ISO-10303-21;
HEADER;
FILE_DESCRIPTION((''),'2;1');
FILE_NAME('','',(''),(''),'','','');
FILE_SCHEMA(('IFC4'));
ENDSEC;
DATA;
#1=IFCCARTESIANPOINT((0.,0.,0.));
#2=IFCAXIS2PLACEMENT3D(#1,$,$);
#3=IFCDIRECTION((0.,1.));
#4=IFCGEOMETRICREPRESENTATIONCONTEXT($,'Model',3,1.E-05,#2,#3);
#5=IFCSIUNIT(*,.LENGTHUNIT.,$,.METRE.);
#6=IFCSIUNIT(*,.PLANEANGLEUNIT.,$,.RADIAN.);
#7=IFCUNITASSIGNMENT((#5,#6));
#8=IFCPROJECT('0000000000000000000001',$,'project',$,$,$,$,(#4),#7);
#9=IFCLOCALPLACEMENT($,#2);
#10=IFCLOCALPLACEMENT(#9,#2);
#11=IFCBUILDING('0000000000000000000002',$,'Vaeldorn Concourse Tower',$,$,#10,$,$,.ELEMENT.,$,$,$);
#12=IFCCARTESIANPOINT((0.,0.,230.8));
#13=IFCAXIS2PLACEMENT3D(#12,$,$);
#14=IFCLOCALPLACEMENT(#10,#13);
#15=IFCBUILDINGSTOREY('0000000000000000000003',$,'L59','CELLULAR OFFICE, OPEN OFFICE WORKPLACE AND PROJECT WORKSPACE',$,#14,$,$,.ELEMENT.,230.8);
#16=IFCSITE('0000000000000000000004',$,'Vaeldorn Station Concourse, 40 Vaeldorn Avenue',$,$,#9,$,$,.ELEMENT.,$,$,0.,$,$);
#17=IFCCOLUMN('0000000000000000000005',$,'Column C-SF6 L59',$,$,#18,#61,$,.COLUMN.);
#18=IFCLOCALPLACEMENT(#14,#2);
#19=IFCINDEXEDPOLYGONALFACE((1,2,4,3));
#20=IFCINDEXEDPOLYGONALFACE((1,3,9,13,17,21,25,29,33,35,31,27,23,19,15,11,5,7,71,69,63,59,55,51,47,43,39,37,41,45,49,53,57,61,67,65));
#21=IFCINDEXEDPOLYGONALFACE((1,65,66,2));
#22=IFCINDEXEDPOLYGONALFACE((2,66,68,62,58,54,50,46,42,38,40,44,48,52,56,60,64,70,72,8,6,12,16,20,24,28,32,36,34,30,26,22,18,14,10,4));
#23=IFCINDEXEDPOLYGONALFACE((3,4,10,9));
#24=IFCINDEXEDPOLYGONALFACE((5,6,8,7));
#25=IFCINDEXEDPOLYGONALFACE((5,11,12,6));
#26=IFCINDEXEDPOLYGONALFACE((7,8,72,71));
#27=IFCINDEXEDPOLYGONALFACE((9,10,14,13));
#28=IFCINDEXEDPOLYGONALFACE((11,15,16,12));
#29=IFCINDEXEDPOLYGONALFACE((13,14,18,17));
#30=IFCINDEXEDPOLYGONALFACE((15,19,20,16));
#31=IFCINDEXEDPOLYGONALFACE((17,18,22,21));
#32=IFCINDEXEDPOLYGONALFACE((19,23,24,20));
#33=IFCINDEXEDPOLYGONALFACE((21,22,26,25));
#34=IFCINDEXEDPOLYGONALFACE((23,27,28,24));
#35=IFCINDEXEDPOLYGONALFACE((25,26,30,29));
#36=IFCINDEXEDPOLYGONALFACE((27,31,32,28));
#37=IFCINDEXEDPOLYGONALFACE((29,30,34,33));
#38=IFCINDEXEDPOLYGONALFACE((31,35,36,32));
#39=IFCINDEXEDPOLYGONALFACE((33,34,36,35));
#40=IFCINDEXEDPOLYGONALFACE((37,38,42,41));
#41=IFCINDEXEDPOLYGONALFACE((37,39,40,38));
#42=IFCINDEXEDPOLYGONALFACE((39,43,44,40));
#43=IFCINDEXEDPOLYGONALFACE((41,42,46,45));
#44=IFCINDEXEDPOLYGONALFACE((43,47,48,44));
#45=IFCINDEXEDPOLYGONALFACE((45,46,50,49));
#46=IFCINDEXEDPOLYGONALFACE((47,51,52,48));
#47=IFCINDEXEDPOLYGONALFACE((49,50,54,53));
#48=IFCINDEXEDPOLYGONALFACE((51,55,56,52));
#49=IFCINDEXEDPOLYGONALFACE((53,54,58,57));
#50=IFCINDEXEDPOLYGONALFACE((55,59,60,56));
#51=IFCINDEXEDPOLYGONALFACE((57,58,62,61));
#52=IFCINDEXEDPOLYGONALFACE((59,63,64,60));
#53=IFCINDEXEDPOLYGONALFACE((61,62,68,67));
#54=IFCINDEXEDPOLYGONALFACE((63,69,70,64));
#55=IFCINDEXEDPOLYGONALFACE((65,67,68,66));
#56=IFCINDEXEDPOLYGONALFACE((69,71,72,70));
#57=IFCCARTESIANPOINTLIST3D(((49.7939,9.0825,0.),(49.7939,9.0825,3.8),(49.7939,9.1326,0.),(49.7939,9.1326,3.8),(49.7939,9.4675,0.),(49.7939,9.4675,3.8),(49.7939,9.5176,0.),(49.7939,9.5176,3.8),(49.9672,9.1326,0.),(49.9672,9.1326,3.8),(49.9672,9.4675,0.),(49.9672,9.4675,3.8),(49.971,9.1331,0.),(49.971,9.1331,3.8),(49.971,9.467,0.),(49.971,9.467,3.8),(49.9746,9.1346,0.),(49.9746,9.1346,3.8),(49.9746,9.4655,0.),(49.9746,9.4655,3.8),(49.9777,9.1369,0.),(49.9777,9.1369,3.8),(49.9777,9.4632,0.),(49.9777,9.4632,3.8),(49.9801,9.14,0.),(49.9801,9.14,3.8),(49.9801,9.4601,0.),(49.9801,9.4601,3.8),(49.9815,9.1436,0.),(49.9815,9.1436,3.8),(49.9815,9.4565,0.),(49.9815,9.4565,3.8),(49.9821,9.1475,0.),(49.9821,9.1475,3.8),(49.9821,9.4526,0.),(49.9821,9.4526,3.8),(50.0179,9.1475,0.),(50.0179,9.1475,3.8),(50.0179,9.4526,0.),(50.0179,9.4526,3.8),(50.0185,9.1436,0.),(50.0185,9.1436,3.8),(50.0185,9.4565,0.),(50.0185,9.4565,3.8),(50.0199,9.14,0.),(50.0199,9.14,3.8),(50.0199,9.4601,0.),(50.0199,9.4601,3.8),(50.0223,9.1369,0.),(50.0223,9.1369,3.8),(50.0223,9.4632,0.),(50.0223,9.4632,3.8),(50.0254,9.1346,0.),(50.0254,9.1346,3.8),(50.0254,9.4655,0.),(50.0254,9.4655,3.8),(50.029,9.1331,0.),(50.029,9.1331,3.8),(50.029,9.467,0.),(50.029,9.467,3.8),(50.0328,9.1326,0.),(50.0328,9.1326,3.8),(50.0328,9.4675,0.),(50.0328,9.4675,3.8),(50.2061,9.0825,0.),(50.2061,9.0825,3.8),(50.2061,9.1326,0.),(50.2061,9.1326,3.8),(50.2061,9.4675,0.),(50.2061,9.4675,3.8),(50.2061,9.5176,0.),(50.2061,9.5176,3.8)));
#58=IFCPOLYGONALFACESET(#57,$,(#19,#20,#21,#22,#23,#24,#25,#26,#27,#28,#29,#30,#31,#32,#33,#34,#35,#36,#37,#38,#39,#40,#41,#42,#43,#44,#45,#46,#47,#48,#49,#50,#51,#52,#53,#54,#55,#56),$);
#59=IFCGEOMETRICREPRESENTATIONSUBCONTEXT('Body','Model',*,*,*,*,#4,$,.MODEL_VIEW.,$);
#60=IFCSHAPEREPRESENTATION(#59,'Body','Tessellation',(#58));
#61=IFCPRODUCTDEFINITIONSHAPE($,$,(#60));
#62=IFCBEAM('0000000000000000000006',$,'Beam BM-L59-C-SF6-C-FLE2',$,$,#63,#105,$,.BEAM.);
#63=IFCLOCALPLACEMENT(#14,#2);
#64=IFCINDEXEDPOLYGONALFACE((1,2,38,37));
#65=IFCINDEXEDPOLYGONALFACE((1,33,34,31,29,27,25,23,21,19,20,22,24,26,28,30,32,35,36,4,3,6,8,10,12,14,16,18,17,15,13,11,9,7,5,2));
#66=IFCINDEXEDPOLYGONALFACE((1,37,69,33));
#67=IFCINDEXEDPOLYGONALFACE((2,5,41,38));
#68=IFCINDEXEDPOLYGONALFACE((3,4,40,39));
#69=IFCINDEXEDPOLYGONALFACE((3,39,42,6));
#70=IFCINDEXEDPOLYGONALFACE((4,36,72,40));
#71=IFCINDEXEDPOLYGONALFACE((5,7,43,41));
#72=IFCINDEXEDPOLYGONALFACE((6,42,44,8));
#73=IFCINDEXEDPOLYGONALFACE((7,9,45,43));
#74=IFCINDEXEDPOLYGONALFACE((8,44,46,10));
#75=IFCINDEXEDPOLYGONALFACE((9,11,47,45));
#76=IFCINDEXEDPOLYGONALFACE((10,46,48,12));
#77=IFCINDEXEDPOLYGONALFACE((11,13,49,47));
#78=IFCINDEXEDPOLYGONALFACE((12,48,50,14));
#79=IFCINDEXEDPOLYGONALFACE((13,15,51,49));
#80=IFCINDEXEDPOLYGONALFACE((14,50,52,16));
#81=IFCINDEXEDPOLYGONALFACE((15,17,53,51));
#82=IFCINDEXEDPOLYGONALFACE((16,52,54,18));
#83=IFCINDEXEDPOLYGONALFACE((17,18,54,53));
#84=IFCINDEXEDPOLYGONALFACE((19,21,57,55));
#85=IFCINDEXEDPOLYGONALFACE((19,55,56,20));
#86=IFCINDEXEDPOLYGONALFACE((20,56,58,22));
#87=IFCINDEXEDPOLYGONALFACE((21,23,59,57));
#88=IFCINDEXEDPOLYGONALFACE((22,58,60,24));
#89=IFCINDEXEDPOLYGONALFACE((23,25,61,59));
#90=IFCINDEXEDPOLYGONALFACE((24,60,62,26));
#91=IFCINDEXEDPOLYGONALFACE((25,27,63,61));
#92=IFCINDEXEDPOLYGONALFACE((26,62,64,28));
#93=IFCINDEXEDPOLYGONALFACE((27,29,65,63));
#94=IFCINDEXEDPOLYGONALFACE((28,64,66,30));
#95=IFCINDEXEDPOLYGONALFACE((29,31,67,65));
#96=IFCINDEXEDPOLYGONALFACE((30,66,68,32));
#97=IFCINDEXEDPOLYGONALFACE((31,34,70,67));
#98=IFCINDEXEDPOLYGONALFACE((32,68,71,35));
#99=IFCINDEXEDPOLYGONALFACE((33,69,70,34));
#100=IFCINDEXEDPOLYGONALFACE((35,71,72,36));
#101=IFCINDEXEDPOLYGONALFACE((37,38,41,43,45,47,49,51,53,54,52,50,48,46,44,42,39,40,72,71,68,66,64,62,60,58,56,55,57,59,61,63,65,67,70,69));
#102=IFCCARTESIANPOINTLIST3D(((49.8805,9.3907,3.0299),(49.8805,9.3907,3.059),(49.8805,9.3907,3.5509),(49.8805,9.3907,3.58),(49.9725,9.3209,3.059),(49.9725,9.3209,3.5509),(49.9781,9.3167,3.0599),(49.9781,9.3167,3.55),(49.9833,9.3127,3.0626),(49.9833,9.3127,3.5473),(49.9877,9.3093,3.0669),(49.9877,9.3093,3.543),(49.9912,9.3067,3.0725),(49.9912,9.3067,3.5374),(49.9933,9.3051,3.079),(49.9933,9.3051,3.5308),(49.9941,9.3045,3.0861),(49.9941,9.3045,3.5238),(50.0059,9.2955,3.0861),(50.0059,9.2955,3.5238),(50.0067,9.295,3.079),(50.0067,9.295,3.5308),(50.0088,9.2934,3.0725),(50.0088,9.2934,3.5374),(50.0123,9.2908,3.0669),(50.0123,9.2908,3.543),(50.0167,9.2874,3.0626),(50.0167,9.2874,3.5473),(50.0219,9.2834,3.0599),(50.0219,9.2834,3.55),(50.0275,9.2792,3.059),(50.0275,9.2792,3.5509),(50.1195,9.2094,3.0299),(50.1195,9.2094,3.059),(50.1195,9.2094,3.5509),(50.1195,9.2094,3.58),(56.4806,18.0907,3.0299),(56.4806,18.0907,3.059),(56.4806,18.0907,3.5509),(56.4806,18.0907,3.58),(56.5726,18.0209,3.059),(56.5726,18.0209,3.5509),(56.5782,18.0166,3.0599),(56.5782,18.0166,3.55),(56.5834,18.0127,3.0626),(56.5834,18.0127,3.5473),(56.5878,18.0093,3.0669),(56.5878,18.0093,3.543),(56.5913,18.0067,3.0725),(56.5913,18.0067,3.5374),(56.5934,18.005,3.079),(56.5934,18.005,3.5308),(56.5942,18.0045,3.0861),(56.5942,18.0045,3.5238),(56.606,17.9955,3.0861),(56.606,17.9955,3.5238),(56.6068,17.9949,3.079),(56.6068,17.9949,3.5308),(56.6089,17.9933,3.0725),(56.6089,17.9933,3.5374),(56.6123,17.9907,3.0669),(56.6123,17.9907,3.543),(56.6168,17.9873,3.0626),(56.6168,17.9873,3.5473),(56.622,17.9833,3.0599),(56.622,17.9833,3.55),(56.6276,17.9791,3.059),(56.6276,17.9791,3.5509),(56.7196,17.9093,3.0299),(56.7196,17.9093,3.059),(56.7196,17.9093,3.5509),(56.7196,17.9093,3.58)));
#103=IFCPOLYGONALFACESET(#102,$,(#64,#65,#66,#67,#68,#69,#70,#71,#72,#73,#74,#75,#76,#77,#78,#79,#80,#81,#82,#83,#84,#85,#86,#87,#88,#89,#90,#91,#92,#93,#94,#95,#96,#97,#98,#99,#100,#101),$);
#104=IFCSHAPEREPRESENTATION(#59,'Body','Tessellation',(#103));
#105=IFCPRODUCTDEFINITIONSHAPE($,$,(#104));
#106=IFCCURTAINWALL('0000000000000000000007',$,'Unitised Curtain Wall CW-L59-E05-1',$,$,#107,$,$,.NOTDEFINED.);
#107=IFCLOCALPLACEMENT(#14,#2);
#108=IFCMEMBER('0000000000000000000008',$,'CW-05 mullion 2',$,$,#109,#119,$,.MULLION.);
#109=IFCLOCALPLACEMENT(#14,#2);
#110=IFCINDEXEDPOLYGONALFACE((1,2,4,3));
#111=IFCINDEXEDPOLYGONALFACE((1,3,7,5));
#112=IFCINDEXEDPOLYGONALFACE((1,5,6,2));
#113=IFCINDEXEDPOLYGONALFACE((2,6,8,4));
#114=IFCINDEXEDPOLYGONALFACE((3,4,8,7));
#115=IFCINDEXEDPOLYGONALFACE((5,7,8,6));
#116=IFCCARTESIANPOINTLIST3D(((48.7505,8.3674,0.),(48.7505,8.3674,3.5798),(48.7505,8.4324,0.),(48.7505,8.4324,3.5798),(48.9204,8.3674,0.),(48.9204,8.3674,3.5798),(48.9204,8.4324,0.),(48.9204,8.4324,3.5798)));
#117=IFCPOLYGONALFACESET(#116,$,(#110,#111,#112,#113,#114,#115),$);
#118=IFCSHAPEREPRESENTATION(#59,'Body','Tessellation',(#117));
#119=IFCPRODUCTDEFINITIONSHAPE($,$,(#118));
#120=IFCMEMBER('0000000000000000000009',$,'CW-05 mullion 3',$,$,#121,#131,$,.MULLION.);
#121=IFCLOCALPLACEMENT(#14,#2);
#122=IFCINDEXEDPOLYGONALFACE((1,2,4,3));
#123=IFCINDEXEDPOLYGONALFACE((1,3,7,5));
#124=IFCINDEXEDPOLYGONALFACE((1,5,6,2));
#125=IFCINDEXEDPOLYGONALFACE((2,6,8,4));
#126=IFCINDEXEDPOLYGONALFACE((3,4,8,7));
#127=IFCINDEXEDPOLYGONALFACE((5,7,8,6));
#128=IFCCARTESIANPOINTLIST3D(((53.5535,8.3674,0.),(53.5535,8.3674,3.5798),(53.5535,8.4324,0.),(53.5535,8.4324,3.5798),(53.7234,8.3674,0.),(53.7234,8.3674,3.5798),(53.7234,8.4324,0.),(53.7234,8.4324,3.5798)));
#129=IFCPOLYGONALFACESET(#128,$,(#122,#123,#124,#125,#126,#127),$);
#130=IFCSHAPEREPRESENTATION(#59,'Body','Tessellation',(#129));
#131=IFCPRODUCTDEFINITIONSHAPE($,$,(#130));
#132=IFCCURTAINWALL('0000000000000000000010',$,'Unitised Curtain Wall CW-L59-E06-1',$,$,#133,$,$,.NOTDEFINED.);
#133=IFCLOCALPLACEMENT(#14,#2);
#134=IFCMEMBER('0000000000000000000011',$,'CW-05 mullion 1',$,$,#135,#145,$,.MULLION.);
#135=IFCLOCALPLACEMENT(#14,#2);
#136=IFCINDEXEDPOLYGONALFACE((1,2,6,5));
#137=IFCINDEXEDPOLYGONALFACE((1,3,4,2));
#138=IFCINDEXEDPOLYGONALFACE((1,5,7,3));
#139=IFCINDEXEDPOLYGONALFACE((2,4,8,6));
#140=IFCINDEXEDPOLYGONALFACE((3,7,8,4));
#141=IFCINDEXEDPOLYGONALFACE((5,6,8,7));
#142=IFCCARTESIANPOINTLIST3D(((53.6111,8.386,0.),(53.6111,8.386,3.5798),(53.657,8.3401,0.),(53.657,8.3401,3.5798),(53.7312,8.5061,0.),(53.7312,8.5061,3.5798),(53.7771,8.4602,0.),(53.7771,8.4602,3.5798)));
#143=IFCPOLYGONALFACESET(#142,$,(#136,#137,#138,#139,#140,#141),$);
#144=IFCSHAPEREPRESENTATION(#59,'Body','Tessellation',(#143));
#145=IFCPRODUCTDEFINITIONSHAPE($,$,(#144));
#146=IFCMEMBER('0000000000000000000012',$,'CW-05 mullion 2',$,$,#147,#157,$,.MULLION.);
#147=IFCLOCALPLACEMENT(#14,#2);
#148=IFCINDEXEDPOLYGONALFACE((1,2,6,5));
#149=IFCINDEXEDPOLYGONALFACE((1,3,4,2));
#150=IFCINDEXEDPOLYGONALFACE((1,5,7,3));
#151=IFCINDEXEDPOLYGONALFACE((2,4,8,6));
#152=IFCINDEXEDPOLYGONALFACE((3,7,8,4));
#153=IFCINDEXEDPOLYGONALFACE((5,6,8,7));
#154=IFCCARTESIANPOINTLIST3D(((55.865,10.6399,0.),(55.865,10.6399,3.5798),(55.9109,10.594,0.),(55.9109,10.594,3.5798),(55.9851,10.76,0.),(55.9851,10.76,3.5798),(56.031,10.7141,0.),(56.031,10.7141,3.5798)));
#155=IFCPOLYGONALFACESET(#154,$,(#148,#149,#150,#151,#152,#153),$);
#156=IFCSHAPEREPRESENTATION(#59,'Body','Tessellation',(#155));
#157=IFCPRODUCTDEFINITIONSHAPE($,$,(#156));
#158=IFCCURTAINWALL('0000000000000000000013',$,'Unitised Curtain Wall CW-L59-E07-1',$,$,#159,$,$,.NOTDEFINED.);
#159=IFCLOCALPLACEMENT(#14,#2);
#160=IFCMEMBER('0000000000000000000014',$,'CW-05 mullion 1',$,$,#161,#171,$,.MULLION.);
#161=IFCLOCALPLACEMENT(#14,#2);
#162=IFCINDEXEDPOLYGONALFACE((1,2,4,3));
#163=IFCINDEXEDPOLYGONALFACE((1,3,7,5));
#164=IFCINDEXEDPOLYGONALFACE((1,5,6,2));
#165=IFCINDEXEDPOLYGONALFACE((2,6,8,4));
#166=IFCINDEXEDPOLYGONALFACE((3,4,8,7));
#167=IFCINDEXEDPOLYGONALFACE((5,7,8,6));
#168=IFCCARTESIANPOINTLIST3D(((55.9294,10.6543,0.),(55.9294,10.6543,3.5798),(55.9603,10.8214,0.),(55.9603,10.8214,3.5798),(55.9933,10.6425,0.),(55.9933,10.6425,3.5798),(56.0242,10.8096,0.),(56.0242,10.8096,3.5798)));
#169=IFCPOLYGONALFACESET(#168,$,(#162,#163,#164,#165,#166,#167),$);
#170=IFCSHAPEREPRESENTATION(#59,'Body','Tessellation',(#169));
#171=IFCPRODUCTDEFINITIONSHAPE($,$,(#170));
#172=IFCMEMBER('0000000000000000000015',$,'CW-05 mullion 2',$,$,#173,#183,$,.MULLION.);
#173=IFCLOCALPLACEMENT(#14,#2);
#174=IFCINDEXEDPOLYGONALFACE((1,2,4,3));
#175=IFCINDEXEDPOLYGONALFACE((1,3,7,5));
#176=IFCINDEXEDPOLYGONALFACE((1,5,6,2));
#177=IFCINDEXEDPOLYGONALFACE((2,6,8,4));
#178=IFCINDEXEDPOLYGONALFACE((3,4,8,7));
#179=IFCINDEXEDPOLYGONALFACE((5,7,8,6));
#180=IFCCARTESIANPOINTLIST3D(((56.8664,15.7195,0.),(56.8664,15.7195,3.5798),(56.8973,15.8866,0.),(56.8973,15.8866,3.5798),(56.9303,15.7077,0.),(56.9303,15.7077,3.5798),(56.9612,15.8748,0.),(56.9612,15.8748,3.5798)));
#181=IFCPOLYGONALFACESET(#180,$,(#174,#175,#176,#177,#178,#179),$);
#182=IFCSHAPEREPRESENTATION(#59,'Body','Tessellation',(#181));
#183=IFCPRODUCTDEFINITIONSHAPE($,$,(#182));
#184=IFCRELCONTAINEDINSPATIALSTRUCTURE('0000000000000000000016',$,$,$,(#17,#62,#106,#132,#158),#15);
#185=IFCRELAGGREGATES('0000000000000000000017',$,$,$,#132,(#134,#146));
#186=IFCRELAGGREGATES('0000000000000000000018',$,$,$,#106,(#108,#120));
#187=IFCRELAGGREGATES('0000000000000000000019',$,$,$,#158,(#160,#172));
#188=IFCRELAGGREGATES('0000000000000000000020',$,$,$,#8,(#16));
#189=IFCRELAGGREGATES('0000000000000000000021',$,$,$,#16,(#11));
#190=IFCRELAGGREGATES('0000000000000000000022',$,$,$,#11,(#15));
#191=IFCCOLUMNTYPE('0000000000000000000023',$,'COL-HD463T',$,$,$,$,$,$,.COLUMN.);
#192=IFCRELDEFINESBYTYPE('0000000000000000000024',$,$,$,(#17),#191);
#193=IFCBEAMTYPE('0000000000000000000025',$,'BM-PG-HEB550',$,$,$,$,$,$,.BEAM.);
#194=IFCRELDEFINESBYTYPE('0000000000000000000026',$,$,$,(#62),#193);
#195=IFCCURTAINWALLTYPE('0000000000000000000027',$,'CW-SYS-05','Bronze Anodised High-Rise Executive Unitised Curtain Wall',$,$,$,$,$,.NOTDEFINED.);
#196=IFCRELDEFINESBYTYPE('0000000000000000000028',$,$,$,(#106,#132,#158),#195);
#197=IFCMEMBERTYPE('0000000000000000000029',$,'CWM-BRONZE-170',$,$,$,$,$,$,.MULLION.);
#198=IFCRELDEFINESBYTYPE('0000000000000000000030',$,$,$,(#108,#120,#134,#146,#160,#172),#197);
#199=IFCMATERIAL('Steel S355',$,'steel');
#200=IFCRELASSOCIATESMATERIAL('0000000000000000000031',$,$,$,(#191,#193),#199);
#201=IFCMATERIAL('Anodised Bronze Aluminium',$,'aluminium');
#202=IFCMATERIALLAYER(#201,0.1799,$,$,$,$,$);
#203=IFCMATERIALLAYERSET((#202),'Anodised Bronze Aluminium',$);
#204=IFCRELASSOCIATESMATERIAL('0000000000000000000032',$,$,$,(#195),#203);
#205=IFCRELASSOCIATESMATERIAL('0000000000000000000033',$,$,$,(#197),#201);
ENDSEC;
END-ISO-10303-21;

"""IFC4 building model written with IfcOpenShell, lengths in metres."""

from ifc_helpers import new_model, si_unit, direction, frame, origin, origin_2d, place, context, subcontext, project, spatial, rectangle, i_section, extrude, source, transform, mapped, material, layer, layer_set, material_profile, profile_set, type_object, element, aggregate, save


model = new_model("IFC4")

# Units and contexts
model_context = context("Model", 3, precision=1e-05, world=origin(), true_north=direction((0.0, 1.0)))
body_context = subcontext(model_context, "Body", "Model", "MODEL_VIEW")
ifc_project = project(units=[si_unit("LENGTHUNIT", "METRE"), si_unit("PLANEANGLEUNIT", "RADIAN")], contexts=[model_context])

# Site, building, storey
site_placement = place(None, origin())
site = spatial("IfcSite", under=ifc_project, at=site_placement, Name="Vaeldorn Station Concourse, 40 Vaeldorn Avenue", CompositionType="ELEMENT", RefElevation=0.0)
building_placement = place(site_placement, origin())
building = spatial("IfcBuilding", under=site, at=building_placement, Name="Vaeldorn Concourse Tower", CompositionType="ELEMENT")
storey_placement = place(building_placement, frame((0.0, 0.0, 230.8)))
storey = spatial("IfcBuildingStorey", under=building, at=storey_placement, Name="L59", Description="CELLULAR OFFICE, OPEN OFFICE WORKPLACE AND PROJECT WORKSPACE", CompositionType="ELEMENT", Elevation=230.8)

# Column
ifc_material_1 = material(Name="Steel S355", Category="steel")
ifc_material_profile_1 = material_profile(ifc_material_1, i_section(OverallWidth=0.4121, OverallDepth=0.4351, WebThickness=0.0359, FlangeThickness=0.05, FilletRadius=0.0149, at=origin_2d()), Name="HD 400x463")
ifc_profile_set_1 = profile_set([ifc_material_profile_1], Name="Steel S355")
column_type = type_object("IfcColumnType", Name="COL-HD463T", PredefinedType="COLUMN", material=ifc_profile_set_1)
shared_shape_1 = source(origin(), body_context, "Body", "SweptSolid", [
    extrude(i_section(OverallWidth=0.4121, OverallDepth=0.4351, WebThickness=0.0359, FlangeThickness=0.05, FilletRadius=0.0149, at=origin_2d()), origin(), (0.0, 0.0, 1.0), 3.8),
])
column_placement = place(storey_placement, frame((50.0, 9.3, 0.0), z_axis=(0.0, 0.0, 1.0), x_axis=(1.0, 0.0, 0.0)))
element("IfcColumn", 1, at=column_placement, inside=storey, type_object=column_type, Name="Column C-SF6 L59", PredefinedType="COLUMN", context=body_context, shape_type="MappedRepresentation", body=[
    mapped(shared_shape_1, transform((0.0, 0.0, 0.0), scale=1.0)),
])

# Beam
ifc_material_profile_2 = material_profile(ifc_material_1, i_section(OverallWidth=0.3, OverallDepth=0.55, WebThickness=0.0149, FlangeThickness=0.0291, FilletRadius=0.0271, at=origin_2d()), Name="HEB 550")
ifc_profile_set_2 = profile_set([ifc_material_profile_2], Name="Steel S355")
beam_type = type_object("IfcBeamType", Name="BM-PG-HEB550", PredefinedType="BEAM", material=ifc_profile_set_2)
shared_shape_2 = source(origin(), body_context, "Body", "SweptSolid", [
    extrude(i_section(OverallWidth=0.3, OverallDepth=0.55, WebThickness=0.0149, FlangeThickness=0.0291, FilletRadius=0.0271, at=origin_2d()), origin(), (0.0, 0.0, 1.0), 10.9202),
])
beam_placement = place(storey_placement, frame((50.0, 9.3, 3.3049), z_axis=(0.604394, 0.796685, 0.0), x_axis=(-0.796685, 0.604394, 0.0)))
element("IfcBeam", 2, at=beam_placement, inside=storey, type_object=beam_type, Name="Beam BM-L59-C-SF6-C-FLE2", PredefinedType="BEAM", context=body_context, shape_type="MappedRepresentation", body=[
    mapped(shared_shape_2, transform((0.0, 0.0, 0.0), scale=1.0)),
])

# Curtain walls, members
ifc_material_2 = material(Name="Anodised Bronze Aluminium", Category="aluminium")
ifc_layer_1 = layer(ifc_material_2, 0.1799)
ifc_layer_set_1 = layer_set([ifc_layer_1], Name="Anodised Bronze Aluminium")
curtain_wall_type = type_object("IfcCurtainWallType", Name="CW-SYS-05", Description="Bronze Anodised High-Rise Executive Unitised Curtain Wall", PredefinedType="NOTDEFINED", material=ifc_layer_set_1)
curtain_wall_1_placement = place(storey_placement, origin())
curtain_wall_1 = element("IfcCurtainWall", 3, at=curtain_wall_1_placement, inside=storey, type_object=curtain_wall_type, Name="Unitised Curtain Wall CW-L59-E05-1", PredefinedType="NOTDEFINED")
ifc_material_profile_3 = material_profile(ifc_material_2, rectangle(XDim=0.0649, YDim=0.1699, at=origin_2d()), Name="CWM 65x170")
ifc_profile_set_3 = profile_set([ifc_material_profile_3], Name="Anodised Bronze Aluminium")
member_type_1 = type_object("IfcMemberType", Name="CWM-BRONZE-170", PredefinedType="MULLION", material=ifc_profile_set_3)
shared_shape_3 = source(origin(), body_context, "Body", "SweptSolid", [
    extrude(rectangle(XDim=0.0649, YDim=0.1699, at=origin_2d()), origin(), (0.0, 0.0, 1.0), 3.5798),
])
member_1_placement = place(storey_placement, frame((48.8354, 8.3999, 0.0), z_axis=(0.0, 0.0, 1.0), x_axis=(0.0, 1.0, 0.0)))
member_1 = element("IfcMember", 4, at=member_1_placement, type_object=member_type_1, Name="CW-05 mullion 2", PredefinedType="MULLION", context=body_context, shape_type="MappedRepresentation", body=[
    mapped(shared_shape_3, transform((0.0, 0.0, 0.0), scale=1.0)),
])
member_2_placement = place(storey_placement, frame((53.6384, 8.3999, 0.0), z_axis=(0.0, 0.0, 1.0), x_axis=(0.0, 1.0, 0.0)))
member_2 = element("IfcMember", 5, at=member_2_placement, type_object=member_type_1, Name="CW-05 mullion 3", PredefinedType="MULLION", context=body_context, shape_type="MappedRepresentation", body=[
    mapped(shared_shape_3, transform((0.0, 0.0, 0.0), scale=1.0)),
])
curtain_wall_2_placement = place(storey_placement, origin())
curtain_wall_2 = element("IfcCurtainWall", 6, at=curtain_wall_2_placement, inside=storey, type_object=curtain_wall_type, Name="Unitised Curtain Wall CW-L59-E06-1", PredefinedType="NOTDEFINED")
member_3_placement = place(storey_placement, frame((53.6941, 8.4231, 0.0), z_axis=(0.0, 0.0, 1.0), x_axis=(-0.707107, 0.707107, 0.0)))
member_3 = element("IfcMember", 7, at=member_3_placement, type_object=member_type_1, Name="CW-05 mullion 1", PredefinedType="MULLION", context=body_context, shape_type="MappedRepresentation", body=[
    mapped(shared_shape_3, transform((0.0, 0.0, 0.0), scale=1.0)),
])
member_4_placement = place(storey_placement, frame((55.948, 10.677, 0.0), z_axis=(0.0, 0.0, 1.0), x_axis=(-0.707107, 0.707107, 0.0)))
member_4 = element("IfcMember", 8, at=member_4_placement, type_object=member_type_1, Name="CW-05 mullion 2", PredefinedType="MULLION", context=body_context, shape_type="MappedRepresentation", body=[
    mapped(shared_shape_3, transform((0.0, 0.0, 0.0), scale=1.0)),
])
curtain_wall_3_placement = place(storey_placement, origin())
curtain_wall_3 = element("IfcCurtainWall", 9, at=curtain_wall_3_placement, inside=storey, type_object=curtain_wall_type, Name="Unitised Curtain Wall CW-L59-E07-1", PredefinedType="NOTDEFINED")
member_5_placement = place(storey_placement, frame((55.9768, 10.7319, 0.0), z_axis=(0.0, 0.0, 1.0), x_axis=(-0.983319, 0.18189, 0.0)))
member_5 = element("IfcMember", 10, at=member_5_placement, type_object=member_type_1, Name="CW-05 mullion 1", PredefinedType="MULLION", context=body_context, shape_type="MappedRepresentation", body=[
    mapped(shared_shape_3, transform((0.0, 0.0, 0.0), scale=1.0)),
])
member_6_placement = place(storey_placement, frame((56.9138, 15.7971, 0.0), z_axis=(0.0, 0.0, 1.0), x_axis=(-0.983319, 0.18189, 0.0)))
member_6 = element("IfcMember", 11, at=member_6_placement, type_object=member_type_1, Name="CW-05 mullion 2", PredefinedType="MULLION", context=body_context, shape_type="MappedRepresentation", body=[
    mapped(shared_shape_3, transform((0.0, 0.0, 0.0), scale=1.0)),
])

aggregate(curtain_wall_2, [member_3, member_4])
aggregate(curtain_wall_1, [member_1, member_2])
aggregate(curtain_wall_3, [member_5, member_6])

save(model, "model.ifc")
